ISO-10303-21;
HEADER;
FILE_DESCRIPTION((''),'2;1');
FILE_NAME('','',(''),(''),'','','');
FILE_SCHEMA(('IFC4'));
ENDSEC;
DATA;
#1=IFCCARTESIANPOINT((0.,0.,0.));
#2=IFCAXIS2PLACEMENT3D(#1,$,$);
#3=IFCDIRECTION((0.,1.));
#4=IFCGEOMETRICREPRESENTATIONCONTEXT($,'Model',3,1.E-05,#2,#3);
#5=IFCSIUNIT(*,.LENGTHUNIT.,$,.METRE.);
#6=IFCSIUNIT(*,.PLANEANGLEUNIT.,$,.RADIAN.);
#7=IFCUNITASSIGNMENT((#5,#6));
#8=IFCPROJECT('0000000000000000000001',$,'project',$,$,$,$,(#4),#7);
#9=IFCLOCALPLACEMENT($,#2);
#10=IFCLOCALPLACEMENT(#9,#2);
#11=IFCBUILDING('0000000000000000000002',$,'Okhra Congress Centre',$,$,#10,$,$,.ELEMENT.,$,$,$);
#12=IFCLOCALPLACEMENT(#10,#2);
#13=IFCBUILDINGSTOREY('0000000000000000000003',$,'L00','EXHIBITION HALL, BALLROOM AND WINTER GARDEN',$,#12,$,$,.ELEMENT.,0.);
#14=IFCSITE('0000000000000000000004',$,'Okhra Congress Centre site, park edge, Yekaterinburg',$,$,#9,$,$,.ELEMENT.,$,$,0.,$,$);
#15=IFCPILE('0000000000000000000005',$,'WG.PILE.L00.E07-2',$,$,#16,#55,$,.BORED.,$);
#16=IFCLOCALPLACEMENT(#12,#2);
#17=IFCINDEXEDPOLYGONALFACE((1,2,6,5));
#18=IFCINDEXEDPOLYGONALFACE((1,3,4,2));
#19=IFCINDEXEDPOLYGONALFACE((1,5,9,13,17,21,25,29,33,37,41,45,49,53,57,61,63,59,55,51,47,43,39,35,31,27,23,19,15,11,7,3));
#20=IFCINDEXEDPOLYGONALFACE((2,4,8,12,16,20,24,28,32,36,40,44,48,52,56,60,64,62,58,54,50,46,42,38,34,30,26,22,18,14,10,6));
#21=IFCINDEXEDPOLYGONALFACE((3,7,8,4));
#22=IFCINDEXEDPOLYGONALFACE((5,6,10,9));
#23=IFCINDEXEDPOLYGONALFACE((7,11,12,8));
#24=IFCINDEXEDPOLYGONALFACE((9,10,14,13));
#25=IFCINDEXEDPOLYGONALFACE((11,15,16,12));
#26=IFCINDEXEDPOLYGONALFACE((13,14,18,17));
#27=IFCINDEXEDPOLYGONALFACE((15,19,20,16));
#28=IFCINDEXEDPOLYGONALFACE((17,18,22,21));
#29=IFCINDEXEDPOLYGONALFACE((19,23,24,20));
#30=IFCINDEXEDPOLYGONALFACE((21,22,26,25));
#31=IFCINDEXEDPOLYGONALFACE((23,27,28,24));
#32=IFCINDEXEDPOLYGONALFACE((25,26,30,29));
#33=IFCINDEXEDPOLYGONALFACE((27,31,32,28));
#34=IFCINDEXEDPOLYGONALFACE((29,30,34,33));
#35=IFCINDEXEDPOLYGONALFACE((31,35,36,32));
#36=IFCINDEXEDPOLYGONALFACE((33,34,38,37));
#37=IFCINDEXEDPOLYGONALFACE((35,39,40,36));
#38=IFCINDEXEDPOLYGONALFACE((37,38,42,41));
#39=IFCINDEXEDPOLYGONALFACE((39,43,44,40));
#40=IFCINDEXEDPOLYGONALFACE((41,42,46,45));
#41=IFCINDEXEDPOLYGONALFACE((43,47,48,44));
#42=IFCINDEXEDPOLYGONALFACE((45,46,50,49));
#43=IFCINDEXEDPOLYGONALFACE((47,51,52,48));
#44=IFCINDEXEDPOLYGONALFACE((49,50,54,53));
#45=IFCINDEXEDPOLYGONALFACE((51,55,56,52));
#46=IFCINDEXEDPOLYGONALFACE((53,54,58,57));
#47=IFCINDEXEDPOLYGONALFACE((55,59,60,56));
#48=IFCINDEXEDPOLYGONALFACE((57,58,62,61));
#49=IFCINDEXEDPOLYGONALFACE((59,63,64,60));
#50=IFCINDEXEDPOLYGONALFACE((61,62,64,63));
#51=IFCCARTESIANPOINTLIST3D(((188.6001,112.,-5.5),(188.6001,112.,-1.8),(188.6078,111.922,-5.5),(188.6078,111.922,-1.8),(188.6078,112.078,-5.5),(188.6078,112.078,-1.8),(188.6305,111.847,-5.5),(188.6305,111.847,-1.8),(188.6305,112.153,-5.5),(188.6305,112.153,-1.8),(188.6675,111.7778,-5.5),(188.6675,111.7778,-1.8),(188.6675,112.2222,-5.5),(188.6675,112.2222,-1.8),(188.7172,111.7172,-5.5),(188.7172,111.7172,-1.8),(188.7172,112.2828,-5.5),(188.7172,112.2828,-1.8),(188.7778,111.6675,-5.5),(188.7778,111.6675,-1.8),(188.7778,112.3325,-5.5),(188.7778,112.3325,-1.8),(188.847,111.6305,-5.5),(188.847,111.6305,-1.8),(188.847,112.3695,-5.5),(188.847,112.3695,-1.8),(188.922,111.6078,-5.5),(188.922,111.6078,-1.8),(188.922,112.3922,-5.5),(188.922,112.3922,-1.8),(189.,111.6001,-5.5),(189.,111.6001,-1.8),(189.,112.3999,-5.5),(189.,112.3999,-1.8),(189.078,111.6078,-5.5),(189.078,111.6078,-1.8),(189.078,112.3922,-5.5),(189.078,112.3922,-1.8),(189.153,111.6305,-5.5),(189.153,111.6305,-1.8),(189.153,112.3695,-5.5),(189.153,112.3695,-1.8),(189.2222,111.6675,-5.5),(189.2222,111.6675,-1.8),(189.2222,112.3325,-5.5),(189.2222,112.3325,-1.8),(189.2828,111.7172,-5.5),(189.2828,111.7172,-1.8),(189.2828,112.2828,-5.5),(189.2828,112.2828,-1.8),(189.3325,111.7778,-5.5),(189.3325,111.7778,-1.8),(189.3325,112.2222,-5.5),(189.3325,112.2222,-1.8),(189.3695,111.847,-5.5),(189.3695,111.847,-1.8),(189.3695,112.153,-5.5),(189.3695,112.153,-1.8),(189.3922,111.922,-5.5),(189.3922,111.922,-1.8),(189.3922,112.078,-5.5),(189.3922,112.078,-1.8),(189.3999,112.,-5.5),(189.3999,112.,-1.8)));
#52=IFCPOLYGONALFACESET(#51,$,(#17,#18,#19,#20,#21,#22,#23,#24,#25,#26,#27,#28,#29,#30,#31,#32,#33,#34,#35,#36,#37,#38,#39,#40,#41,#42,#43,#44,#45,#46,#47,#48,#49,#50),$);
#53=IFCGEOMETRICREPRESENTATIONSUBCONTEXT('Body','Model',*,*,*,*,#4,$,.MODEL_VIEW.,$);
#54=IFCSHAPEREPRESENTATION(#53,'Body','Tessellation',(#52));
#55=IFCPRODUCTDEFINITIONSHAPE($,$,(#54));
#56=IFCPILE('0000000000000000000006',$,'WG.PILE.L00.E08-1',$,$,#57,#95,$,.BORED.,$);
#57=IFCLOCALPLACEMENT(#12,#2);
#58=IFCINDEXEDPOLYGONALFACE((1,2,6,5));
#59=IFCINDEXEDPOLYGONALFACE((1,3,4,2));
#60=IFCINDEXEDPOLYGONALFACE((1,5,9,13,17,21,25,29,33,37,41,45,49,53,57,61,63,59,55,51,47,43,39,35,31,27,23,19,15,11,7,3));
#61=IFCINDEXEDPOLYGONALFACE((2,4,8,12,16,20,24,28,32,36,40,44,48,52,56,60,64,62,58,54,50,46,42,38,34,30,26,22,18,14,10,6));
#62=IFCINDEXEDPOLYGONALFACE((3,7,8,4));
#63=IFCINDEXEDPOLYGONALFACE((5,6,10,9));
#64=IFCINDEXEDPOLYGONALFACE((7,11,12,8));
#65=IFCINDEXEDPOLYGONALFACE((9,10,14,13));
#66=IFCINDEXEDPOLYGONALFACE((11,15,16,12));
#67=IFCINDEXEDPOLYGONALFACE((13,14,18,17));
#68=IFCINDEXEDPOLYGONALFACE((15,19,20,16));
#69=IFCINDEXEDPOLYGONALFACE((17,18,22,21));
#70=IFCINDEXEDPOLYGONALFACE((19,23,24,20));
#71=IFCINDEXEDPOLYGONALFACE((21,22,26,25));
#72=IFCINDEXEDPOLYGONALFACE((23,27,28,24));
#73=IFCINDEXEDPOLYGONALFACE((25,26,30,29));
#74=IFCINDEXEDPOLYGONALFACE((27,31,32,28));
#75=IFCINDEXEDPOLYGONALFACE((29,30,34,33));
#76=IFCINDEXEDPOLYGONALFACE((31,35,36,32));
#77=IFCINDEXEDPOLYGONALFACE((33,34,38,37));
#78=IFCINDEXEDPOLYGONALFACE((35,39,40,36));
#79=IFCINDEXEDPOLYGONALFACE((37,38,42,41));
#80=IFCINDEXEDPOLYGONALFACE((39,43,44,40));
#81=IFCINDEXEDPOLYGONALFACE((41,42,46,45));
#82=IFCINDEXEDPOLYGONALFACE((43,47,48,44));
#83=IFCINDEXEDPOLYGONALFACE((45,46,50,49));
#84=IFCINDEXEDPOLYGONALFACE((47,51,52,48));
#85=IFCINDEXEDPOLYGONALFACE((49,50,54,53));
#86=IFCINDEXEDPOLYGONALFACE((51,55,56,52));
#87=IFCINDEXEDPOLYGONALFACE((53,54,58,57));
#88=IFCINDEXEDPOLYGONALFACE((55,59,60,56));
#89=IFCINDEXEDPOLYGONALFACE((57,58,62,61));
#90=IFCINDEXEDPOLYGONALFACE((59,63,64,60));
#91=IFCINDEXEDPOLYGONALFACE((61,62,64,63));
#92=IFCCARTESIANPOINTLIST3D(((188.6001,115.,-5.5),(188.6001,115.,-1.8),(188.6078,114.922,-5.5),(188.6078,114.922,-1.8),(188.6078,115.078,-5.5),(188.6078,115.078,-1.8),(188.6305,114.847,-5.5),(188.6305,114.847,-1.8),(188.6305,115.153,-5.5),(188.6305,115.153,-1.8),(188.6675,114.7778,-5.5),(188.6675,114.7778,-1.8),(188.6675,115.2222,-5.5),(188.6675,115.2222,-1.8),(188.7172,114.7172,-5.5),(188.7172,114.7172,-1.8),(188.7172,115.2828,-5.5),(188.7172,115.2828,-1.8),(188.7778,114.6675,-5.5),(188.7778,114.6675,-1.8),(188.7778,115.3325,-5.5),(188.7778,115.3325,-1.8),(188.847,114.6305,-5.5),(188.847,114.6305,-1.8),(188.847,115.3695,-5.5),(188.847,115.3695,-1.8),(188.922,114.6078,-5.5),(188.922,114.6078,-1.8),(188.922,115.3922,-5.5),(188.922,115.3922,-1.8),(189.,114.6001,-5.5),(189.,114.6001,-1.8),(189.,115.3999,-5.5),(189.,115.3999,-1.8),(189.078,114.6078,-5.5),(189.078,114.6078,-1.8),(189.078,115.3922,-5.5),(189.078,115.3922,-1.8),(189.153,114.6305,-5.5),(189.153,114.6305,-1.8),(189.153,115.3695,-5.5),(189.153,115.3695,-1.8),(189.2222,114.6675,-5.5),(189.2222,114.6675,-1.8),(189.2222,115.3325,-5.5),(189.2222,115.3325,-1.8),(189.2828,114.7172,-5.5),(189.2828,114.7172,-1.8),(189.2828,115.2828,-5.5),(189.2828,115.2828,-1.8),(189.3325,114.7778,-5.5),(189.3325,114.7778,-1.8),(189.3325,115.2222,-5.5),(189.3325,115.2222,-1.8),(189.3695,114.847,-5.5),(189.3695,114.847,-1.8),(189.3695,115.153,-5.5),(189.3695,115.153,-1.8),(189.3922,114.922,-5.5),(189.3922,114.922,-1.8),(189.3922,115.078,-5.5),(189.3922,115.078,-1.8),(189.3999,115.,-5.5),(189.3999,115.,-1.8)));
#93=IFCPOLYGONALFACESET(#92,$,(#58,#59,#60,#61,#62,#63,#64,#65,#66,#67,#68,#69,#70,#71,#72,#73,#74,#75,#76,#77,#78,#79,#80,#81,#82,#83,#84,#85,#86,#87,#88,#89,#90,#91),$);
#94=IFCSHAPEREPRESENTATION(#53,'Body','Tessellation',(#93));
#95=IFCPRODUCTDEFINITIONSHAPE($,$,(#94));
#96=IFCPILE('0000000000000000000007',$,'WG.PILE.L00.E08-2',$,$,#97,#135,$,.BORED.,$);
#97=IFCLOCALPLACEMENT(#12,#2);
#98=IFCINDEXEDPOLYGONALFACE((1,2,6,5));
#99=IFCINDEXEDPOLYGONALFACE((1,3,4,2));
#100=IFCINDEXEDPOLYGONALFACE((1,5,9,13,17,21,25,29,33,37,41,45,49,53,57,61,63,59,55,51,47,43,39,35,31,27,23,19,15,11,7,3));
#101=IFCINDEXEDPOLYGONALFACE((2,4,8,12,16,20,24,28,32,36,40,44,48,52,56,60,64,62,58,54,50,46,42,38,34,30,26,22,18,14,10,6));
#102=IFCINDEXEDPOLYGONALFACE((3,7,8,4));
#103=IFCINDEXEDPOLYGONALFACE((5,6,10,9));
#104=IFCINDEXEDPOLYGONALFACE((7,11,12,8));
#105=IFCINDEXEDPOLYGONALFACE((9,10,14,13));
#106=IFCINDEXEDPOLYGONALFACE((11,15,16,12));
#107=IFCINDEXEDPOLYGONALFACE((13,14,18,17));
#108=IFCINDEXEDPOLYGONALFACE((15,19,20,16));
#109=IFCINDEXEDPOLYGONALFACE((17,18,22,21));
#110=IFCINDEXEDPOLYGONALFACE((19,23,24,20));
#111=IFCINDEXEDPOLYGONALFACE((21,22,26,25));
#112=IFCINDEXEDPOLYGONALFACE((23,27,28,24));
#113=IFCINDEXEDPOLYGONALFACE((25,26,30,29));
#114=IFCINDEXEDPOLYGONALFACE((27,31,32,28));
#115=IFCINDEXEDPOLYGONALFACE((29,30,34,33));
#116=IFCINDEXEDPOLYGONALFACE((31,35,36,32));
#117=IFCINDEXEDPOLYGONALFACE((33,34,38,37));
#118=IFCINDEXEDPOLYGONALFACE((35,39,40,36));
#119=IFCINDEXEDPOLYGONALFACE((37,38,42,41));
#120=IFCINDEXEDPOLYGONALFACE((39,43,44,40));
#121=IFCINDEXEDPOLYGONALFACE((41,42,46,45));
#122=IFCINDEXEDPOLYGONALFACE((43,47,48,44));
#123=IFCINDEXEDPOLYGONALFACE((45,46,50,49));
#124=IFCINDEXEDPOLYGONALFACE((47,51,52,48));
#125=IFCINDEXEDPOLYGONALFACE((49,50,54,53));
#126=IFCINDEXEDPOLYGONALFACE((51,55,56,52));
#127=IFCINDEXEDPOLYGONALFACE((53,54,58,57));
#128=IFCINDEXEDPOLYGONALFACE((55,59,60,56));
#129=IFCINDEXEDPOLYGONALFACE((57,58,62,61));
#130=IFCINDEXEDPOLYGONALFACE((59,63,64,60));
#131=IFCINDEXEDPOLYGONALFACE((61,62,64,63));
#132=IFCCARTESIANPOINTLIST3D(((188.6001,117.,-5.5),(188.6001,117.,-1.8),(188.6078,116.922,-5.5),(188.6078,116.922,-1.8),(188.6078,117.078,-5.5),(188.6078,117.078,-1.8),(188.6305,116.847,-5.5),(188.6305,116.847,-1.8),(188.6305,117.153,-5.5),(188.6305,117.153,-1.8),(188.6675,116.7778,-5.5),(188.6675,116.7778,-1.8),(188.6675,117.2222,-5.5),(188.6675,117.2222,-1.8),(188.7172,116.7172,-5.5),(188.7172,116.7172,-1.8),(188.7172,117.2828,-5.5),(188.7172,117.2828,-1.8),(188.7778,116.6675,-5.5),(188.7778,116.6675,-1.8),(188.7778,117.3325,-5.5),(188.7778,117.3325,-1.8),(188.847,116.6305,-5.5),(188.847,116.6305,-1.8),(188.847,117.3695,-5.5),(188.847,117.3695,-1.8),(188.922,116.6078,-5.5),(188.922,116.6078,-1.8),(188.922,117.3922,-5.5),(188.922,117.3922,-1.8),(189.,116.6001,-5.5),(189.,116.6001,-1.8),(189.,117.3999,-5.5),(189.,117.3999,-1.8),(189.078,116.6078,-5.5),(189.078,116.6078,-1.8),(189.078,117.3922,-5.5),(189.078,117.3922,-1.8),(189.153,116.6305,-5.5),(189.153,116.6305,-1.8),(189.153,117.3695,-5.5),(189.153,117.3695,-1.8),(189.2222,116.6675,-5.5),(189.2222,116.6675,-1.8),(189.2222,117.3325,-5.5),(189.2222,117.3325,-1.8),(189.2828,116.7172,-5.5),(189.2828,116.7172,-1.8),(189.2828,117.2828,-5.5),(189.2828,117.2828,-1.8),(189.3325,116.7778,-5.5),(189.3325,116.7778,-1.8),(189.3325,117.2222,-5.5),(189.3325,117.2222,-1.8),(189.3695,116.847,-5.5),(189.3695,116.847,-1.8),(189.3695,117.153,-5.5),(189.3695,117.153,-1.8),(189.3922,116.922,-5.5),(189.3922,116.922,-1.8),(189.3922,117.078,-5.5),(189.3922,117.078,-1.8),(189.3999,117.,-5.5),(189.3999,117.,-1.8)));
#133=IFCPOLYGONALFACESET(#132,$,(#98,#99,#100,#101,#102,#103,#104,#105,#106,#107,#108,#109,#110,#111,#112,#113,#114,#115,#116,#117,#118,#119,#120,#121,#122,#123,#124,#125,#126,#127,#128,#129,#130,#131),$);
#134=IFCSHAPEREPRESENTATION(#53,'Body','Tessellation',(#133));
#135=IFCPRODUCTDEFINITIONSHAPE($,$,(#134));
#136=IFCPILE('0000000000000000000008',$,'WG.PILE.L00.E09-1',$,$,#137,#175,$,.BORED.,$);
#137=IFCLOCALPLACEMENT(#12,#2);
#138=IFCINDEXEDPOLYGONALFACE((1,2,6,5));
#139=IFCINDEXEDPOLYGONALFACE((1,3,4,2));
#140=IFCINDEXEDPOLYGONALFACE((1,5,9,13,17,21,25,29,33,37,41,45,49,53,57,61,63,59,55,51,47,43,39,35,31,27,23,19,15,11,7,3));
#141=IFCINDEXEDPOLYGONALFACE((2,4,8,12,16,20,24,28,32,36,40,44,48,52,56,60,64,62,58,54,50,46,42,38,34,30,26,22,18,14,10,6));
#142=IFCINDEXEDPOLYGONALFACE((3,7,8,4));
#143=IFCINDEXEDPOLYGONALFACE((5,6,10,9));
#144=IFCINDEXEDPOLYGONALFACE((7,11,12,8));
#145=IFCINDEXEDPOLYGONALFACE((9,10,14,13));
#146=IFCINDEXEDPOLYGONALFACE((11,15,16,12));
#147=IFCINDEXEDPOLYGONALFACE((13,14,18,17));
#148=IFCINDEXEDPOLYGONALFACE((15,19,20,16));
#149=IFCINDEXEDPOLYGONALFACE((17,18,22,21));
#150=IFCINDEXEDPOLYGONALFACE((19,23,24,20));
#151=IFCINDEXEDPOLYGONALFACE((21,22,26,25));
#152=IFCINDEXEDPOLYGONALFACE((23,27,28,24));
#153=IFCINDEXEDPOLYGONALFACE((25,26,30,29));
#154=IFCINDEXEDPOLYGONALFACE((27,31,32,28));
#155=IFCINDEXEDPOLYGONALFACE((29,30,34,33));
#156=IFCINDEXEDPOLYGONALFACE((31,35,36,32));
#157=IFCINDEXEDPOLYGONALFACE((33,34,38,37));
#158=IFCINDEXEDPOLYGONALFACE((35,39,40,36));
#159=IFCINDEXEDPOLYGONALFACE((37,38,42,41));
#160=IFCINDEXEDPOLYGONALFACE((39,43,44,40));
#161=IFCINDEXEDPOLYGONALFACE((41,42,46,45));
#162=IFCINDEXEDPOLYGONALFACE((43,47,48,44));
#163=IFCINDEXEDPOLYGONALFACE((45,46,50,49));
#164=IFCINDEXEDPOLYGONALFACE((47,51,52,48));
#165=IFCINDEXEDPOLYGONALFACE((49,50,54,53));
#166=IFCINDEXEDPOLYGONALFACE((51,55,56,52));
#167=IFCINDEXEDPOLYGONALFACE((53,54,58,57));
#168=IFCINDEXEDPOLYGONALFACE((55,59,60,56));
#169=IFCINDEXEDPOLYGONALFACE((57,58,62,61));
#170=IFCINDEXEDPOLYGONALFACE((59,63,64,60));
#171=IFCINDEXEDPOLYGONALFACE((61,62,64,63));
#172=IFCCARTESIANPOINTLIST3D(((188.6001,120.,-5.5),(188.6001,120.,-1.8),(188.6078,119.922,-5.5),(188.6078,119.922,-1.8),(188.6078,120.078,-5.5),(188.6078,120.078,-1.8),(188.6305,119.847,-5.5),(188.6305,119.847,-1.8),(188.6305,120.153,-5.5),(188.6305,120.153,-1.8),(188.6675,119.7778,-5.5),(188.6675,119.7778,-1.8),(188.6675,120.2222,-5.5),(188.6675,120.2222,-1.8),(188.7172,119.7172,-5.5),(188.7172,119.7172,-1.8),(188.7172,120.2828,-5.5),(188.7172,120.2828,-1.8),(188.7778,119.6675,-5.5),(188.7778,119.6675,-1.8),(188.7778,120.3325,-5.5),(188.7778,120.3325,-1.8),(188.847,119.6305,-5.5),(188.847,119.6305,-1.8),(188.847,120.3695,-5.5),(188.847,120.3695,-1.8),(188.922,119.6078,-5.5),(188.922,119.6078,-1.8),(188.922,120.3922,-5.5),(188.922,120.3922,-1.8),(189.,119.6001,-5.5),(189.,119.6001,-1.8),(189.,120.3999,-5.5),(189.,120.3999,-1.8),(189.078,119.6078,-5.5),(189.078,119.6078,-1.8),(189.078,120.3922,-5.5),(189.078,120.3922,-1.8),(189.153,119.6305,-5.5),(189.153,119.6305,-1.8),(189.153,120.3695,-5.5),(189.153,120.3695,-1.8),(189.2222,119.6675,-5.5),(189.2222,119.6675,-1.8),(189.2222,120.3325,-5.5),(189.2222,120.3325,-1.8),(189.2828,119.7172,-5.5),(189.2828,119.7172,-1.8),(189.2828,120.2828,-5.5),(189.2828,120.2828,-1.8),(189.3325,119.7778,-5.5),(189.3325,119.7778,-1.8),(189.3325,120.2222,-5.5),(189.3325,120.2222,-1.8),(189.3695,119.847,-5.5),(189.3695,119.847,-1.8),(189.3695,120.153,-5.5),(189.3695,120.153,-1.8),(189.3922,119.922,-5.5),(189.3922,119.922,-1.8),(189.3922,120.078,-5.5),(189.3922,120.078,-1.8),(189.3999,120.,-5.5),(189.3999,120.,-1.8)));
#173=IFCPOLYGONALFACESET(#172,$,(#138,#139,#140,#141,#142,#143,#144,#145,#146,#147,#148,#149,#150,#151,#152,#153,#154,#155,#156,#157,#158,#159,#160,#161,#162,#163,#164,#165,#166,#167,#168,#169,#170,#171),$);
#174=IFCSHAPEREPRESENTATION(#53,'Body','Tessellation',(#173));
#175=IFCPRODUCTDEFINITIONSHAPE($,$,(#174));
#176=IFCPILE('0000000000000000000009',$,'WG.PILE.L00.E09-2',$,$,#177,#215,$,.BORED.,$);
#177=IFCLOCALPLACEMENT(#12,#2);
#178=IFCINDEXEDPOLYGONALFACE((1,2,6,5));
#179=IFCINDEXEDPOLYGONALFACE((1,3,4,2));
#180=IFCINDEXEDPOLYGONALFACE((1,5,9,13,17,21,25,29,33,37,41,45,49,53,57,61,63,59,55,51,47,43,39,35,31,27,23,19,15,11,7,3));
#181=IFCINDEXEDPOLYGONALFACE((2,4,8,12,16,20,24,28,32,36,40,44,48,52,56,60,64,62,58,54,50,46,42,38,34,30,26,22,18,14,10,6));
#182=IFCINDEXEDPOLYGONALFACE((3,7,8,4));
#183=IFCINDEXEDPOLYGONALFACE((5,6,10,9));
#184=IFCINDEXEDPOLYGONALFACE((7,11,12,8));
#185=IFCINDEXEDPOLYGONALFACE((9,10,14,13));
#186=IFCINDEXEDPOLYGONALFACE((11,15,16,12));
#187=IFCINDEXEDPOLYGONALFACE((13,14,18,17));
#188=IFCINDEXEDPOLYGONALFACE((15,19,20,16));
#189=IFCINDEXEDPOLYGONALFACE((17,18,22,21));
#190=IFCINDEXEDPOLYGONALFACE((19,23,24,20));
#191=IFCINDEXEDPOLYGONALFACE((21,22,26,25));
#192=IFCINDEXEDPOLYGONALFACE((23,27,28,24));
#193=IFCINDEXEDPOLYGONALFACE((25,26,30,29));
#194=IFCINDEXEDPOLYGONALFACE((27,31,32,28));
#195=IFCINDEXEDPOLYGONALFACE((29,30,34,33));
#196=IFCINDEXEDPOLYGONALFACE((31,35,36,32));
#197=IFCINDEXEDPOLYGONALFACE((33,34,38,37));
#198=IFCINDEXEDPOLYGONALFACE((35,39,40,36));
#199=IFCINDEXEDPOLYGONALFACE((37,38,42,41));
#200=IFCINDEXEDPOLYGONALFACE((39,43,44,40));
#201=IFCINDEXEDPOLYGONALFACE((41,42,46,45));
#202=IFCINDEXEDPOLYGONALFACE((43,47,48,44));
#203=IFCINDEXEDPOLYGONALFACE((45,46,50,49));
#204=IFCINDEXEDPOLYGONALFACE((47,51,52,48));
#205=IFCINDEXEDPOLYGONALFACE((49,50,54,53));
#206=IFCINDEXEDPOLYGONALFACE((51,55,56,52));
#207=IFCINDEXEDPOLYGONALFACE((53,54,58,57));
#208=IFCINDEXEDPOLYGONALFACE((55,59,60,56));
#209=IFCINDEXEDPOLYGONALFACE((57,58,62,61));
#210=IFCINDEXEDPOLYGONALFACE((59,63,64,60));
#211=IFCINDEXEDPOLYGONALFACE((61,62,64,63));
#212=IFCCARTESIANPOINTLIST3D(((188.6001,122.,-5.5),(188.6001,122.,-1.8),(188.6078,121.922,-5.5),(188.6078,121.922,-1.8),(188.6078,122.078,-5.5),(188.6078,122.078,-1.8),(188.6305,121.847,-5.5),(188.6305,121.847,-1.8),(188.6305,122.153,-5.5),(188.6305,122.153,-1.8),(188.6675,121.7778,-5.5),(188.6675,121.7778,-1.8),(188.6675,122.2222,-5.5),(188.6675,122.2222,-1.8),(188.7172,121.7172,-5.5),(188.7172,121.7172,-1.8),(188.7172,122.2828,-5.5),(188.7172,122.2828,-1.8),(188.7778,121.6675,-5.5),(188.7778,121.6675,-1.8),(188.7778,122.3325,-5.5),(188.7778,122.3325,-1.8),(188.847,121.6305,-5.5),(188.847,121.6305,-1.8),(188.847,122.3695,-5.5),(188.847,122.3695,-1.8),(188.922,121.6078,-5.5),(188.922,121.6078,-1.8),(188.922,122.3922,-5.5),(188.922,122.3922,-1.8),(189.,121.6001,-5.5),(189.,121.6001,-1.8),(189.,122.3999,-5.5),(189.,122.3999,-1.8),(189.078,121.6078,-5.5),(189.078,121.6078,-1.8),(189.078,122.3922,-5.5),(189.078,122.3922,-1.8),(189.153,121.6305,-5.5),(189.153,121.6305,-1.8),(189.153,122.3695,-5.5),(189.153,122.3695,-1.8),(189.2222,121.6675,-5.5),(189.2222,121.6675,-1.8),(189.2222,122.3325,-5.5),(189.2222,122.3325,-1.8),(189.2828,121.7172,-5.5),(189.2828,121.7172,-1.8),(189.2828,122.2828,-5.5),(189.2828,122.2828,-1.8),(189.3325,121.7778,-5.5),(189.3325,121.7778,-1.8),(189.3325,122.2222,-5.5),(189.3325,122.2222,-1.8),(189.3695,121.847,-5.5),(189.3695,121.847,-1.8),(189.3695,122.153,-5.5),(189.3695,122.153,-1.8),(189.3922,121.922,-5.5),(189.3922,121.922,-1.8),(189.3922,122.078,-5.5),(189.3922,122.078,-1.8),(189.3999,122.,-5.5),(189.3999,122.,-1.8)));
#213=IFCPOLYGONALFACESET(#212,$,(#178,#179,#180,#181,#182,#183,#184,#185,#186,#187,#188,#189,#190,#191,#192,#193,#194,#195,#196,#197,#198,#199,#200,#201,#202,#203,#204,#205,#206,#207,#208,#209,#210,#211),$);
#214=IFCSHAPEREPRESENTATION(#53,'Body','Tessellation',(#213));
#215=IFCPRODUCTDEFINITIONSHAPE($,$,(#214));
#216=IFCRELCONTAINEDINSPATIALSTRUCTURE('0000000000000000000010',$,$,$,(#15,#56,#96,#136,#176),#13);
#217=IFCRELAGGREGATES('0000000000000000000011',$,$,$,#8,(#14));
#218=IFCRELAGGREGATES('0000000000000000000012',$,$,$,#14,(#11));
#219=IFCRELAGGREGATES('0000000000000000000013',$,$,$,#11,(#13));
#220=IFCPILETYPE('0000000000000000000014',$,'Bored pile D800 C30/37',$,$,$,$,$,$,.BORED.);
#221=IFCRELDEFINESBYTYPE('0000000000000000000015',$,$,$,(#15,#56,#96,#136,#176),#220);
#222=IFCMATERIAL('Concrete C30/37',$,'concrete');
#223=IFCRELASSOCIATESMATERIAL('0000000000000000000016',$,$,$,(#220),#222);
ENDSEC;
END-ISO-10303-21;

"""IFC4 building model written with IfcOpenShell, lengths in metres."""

from ifc_helpers import new_model, si_unit, direction, frame, origin, origin_2d, place, context, subcontext, project, spatial, circle, extrude, material, material_profile, profile_set, type_object, element, save


model = new_model("IFC4")

# Units and contexts
model_context = context("Model", 3, precision=1e-05, world=origin(), true_north=direction((0.0, 1.0)))
body_context = subcontext(model_context, "Body", "Model", "MODEL_VIEW")
ifc_project = project(units=[si_unit("LENGTHUNIT", "METRE"), si_unit("PLANEANGLEUNIT", "RADIAN")], contexts=[model_context])

# Site, building, storey
site_placement = place(None, origin())
site = spatial("IfcSite", under=ifc_project, at=site_placement, Name="Okhra Congress Centre site, park edge, Yekaterinburg", CompositionType="ELEMENT", RefElevation=0.0)
building_placement = place(site_placement, origin())
building = spatial("IfcBuilding", under=site, at=building_placement, Name="Okhra Congress Centre", CompositionType="ELEMENT")
storey_placement = place(building_placement, origin())
storey = spatial("IfcBuildingStorey", under=building, at=storey_placement, Name="L00", Description="EXHIBITION HALL, BALLROOM AND WINTER GARDEN", CompositionType="ELEMENT", Elevation=0.0)

# Piles
ifc_material_1 = material(Name="Concrete C30/37", Category="concrete")
ifc_material_profile_1 = material_profile(ifc_material_1, circle(Radius=0.3999, at=origin_2d()), Name="D800")
ifc_profile_set_1 = profile_set([ifc_material_profile_1], Name="Concrete C30/37")
pile_type = type_object("IfcPileType", Name="Bored pile D800 C30/37", PredefinedType="BORED", material=ifc_profile_set_1)
for number, where, z_axis, x_axis, name in (
    (1, (189.0, 112.0, -1.8), (0.0, 0.0, -1.0), (1.0, 0.0, 0.0), "WG.PILE.L00.E07-2"),
    (2, (189.0, 115.0, -1.8), (0.0, 0.0, -1.0), (1.0, 0.0, 0.0), "WG.PILE.L00.E08-1"),
    (3, (189.0, 117.0, -1.8), (0.0, 0.0, -1.0), (1.0, 0.0, 0.0), "WG.PILE.L00.E08-2"),
    (4, (189.0, 120.0, -1.8), (0.0, 0.0, -1.0), (1.0, 0.0, 0.0), "WG.PILE.L00.E09-1"),
    (5, (189.0, 122.0, -1.8), (0.0, 0.0, -1.0), (1.0, 0.0, 0.0), "WG.PILE.L00.E09-2"),
):
    element("IfcPile", number, at=place(storey_placement, frame(where, z_axis=z_axis, x_axis=x_axis)), inside=storey, type_object=pile_type, Name=name, PredefinedType="BORED", context=body_context, shape_type="SweptSolid", body=[
        extrude(circle(Radius=0.3999, at=origin_2d()), origin(), (0.0, 0.0, 1.0), 3.7),
    ])

save(model, "model.ifc")
